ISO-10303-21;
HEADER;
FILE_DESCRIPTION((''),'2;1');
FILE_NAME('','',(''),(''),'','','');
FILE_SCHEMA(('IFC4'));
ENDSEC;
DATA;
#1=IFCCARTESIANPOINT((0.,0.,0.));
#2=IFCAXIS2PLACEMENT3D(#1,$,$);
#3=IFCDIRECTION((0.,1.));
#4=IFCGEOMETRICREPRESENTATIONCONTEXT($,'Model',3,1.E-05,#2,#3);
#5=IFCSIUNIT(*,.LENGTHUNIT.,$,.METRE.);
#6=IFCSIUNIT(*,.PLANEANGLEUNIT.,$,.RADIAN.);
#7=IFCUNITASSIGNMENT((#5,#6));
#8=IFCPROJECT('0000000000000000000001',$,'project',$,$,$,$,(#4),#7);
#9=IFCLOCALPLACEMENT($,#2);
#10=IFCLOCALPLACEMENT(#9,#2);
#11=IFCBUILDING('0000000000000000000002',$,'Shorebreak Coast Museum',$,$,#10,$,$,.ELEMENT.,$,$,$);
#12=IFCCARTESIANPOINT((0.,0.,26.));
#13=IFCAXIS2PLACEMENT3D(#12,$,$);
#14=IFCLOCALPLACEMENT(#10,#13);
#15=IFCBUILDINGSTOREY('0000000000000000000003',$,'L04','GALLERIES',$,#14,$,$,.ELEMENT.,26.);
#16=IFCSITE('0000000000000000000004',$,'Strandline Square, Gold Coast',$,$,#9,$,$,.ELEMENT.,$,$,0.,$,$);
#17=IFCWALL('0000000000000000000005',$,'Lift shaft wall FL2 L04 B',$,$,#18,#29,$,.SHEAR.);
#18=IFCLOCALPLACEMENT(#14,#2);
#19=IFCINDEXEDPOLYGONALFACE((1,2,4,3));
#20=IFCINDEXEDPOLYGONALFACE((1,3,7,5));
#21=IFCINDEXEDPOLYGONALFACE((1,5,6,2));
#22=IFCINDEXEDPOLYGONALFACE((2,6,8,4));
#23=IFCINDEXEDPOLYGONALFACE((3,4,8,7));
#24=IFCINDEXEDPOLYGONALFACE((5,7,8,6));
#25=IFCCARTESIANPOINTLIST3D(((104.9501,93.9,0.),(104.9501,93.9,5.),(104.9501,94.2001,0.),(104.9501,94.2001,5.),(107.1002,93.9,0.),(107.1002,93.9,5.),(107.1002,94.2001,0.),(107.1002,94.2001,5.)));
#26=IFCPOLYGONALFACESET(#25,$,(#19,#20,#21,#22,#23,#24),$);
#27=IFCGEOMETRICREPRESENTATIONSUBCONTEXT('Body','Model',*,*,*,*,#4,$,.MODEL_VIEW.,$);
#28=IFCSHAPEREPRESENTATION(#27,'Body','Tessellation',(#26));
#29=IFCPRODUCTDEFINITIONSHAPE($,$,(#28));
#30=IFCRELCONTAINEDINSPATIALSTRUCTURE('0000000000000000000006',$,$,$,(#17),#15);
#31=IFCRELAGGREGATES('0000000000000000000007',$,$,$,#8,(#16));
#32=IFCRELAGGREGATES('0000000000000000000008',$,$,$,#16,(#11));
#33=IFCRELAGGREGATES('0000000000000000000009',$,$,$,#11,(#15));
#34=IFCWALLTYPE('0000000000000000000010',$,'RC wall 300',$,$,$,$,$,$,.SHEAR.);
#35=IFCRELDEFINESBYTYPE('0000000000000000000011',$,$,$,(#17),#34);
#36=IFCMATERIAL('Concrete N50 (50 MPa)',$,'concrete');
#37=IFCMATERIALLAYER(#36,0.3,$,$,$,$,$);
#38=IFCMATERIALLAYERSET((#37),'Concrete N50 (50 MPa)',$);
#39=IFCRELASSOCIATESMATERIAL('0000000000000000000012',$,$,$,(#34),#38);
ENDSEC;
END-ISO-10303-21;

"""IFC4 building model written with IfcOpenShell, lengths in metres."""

from ifc_helpers import new_model, si_unit, direction, frame, frame_2d, origin, place, context, subcontext, project, spatial, rectangle, extrude, material, layer, layer_set, type_object, element, save


model = new_model("IFC4")

# Units and contexts
model_context = context("Model", 3, precision=1e-05, world=origin(), true_north=direction((0.0, 1.0)))
body_context = subcontext(model_context, "Body", "Model", "MODEL_VIEW")
ifc_project = project(units=[si_unit("LENGTHUNIT", "METRE"), si_unit("PLANEANGLEUNIT", "RADIAN")], contexts=[model_context])

# Site, building, storey
site_placement = place(None, origin())
site = spatial("IfcSite", under=ifc_project, at=site_placement, Name="Strandline Square, Gold Coast", CompositionType="ELEMENT", RefElevation=0.0)
building_placement = place(site_placement, origin())
building = spatial("IfcBuilding", under=site, at=building_placement, Name="Shorebreak Coast Museum", CompositionType="ELEMENT")
storey_placement = place(building_placement, frame((0.0, 0.0, 26.0)))
storey = spatial("IfcBuildingStorey", under=building, at=storey_placement, Name="L04", Description="GALLERIES", CompositionType="ELEMENT", Elevation=26.0)

# Shared definitions
ifc_material_1 = material(Name="Concrete N50 (50 MPa)", Category="concrete")
ifc_layer_1 = layer(ifc_material_1, 0.3)
ifc_layer_set_1 = layer_set([ifc_layer_1], Name="Concrete N50 (50 MPa)")
wall_type_1 = type_object("IfcWallType", Name="RC wall 300", PredefinedType="SHEAR", material=ifc_layer_set_1)

# Wall
wall_1_placement = place(storey_placement, frame((104.95, 94.05, 0.0), z_axis=(0.0, 0.0, 1.0), x_axis=(1.0, 0.0, 0.0)))
element("IfcWall", 1, at=wall_1_placement, inside=storey, type_object=wall_type_1, Name="Lift shaft wall FL2 L04 B", PredefinedType="SHEAR", context=body_context, shape_type="SweptSolid", body=[
    extrude(rectangle(XDim=2.1501, YDim=0.3, at=frame_2d((1.0752, 0.0))), origin(), (0.0, 0.0, 1.0), 5.0),
])

save(model, "model.ifc")
